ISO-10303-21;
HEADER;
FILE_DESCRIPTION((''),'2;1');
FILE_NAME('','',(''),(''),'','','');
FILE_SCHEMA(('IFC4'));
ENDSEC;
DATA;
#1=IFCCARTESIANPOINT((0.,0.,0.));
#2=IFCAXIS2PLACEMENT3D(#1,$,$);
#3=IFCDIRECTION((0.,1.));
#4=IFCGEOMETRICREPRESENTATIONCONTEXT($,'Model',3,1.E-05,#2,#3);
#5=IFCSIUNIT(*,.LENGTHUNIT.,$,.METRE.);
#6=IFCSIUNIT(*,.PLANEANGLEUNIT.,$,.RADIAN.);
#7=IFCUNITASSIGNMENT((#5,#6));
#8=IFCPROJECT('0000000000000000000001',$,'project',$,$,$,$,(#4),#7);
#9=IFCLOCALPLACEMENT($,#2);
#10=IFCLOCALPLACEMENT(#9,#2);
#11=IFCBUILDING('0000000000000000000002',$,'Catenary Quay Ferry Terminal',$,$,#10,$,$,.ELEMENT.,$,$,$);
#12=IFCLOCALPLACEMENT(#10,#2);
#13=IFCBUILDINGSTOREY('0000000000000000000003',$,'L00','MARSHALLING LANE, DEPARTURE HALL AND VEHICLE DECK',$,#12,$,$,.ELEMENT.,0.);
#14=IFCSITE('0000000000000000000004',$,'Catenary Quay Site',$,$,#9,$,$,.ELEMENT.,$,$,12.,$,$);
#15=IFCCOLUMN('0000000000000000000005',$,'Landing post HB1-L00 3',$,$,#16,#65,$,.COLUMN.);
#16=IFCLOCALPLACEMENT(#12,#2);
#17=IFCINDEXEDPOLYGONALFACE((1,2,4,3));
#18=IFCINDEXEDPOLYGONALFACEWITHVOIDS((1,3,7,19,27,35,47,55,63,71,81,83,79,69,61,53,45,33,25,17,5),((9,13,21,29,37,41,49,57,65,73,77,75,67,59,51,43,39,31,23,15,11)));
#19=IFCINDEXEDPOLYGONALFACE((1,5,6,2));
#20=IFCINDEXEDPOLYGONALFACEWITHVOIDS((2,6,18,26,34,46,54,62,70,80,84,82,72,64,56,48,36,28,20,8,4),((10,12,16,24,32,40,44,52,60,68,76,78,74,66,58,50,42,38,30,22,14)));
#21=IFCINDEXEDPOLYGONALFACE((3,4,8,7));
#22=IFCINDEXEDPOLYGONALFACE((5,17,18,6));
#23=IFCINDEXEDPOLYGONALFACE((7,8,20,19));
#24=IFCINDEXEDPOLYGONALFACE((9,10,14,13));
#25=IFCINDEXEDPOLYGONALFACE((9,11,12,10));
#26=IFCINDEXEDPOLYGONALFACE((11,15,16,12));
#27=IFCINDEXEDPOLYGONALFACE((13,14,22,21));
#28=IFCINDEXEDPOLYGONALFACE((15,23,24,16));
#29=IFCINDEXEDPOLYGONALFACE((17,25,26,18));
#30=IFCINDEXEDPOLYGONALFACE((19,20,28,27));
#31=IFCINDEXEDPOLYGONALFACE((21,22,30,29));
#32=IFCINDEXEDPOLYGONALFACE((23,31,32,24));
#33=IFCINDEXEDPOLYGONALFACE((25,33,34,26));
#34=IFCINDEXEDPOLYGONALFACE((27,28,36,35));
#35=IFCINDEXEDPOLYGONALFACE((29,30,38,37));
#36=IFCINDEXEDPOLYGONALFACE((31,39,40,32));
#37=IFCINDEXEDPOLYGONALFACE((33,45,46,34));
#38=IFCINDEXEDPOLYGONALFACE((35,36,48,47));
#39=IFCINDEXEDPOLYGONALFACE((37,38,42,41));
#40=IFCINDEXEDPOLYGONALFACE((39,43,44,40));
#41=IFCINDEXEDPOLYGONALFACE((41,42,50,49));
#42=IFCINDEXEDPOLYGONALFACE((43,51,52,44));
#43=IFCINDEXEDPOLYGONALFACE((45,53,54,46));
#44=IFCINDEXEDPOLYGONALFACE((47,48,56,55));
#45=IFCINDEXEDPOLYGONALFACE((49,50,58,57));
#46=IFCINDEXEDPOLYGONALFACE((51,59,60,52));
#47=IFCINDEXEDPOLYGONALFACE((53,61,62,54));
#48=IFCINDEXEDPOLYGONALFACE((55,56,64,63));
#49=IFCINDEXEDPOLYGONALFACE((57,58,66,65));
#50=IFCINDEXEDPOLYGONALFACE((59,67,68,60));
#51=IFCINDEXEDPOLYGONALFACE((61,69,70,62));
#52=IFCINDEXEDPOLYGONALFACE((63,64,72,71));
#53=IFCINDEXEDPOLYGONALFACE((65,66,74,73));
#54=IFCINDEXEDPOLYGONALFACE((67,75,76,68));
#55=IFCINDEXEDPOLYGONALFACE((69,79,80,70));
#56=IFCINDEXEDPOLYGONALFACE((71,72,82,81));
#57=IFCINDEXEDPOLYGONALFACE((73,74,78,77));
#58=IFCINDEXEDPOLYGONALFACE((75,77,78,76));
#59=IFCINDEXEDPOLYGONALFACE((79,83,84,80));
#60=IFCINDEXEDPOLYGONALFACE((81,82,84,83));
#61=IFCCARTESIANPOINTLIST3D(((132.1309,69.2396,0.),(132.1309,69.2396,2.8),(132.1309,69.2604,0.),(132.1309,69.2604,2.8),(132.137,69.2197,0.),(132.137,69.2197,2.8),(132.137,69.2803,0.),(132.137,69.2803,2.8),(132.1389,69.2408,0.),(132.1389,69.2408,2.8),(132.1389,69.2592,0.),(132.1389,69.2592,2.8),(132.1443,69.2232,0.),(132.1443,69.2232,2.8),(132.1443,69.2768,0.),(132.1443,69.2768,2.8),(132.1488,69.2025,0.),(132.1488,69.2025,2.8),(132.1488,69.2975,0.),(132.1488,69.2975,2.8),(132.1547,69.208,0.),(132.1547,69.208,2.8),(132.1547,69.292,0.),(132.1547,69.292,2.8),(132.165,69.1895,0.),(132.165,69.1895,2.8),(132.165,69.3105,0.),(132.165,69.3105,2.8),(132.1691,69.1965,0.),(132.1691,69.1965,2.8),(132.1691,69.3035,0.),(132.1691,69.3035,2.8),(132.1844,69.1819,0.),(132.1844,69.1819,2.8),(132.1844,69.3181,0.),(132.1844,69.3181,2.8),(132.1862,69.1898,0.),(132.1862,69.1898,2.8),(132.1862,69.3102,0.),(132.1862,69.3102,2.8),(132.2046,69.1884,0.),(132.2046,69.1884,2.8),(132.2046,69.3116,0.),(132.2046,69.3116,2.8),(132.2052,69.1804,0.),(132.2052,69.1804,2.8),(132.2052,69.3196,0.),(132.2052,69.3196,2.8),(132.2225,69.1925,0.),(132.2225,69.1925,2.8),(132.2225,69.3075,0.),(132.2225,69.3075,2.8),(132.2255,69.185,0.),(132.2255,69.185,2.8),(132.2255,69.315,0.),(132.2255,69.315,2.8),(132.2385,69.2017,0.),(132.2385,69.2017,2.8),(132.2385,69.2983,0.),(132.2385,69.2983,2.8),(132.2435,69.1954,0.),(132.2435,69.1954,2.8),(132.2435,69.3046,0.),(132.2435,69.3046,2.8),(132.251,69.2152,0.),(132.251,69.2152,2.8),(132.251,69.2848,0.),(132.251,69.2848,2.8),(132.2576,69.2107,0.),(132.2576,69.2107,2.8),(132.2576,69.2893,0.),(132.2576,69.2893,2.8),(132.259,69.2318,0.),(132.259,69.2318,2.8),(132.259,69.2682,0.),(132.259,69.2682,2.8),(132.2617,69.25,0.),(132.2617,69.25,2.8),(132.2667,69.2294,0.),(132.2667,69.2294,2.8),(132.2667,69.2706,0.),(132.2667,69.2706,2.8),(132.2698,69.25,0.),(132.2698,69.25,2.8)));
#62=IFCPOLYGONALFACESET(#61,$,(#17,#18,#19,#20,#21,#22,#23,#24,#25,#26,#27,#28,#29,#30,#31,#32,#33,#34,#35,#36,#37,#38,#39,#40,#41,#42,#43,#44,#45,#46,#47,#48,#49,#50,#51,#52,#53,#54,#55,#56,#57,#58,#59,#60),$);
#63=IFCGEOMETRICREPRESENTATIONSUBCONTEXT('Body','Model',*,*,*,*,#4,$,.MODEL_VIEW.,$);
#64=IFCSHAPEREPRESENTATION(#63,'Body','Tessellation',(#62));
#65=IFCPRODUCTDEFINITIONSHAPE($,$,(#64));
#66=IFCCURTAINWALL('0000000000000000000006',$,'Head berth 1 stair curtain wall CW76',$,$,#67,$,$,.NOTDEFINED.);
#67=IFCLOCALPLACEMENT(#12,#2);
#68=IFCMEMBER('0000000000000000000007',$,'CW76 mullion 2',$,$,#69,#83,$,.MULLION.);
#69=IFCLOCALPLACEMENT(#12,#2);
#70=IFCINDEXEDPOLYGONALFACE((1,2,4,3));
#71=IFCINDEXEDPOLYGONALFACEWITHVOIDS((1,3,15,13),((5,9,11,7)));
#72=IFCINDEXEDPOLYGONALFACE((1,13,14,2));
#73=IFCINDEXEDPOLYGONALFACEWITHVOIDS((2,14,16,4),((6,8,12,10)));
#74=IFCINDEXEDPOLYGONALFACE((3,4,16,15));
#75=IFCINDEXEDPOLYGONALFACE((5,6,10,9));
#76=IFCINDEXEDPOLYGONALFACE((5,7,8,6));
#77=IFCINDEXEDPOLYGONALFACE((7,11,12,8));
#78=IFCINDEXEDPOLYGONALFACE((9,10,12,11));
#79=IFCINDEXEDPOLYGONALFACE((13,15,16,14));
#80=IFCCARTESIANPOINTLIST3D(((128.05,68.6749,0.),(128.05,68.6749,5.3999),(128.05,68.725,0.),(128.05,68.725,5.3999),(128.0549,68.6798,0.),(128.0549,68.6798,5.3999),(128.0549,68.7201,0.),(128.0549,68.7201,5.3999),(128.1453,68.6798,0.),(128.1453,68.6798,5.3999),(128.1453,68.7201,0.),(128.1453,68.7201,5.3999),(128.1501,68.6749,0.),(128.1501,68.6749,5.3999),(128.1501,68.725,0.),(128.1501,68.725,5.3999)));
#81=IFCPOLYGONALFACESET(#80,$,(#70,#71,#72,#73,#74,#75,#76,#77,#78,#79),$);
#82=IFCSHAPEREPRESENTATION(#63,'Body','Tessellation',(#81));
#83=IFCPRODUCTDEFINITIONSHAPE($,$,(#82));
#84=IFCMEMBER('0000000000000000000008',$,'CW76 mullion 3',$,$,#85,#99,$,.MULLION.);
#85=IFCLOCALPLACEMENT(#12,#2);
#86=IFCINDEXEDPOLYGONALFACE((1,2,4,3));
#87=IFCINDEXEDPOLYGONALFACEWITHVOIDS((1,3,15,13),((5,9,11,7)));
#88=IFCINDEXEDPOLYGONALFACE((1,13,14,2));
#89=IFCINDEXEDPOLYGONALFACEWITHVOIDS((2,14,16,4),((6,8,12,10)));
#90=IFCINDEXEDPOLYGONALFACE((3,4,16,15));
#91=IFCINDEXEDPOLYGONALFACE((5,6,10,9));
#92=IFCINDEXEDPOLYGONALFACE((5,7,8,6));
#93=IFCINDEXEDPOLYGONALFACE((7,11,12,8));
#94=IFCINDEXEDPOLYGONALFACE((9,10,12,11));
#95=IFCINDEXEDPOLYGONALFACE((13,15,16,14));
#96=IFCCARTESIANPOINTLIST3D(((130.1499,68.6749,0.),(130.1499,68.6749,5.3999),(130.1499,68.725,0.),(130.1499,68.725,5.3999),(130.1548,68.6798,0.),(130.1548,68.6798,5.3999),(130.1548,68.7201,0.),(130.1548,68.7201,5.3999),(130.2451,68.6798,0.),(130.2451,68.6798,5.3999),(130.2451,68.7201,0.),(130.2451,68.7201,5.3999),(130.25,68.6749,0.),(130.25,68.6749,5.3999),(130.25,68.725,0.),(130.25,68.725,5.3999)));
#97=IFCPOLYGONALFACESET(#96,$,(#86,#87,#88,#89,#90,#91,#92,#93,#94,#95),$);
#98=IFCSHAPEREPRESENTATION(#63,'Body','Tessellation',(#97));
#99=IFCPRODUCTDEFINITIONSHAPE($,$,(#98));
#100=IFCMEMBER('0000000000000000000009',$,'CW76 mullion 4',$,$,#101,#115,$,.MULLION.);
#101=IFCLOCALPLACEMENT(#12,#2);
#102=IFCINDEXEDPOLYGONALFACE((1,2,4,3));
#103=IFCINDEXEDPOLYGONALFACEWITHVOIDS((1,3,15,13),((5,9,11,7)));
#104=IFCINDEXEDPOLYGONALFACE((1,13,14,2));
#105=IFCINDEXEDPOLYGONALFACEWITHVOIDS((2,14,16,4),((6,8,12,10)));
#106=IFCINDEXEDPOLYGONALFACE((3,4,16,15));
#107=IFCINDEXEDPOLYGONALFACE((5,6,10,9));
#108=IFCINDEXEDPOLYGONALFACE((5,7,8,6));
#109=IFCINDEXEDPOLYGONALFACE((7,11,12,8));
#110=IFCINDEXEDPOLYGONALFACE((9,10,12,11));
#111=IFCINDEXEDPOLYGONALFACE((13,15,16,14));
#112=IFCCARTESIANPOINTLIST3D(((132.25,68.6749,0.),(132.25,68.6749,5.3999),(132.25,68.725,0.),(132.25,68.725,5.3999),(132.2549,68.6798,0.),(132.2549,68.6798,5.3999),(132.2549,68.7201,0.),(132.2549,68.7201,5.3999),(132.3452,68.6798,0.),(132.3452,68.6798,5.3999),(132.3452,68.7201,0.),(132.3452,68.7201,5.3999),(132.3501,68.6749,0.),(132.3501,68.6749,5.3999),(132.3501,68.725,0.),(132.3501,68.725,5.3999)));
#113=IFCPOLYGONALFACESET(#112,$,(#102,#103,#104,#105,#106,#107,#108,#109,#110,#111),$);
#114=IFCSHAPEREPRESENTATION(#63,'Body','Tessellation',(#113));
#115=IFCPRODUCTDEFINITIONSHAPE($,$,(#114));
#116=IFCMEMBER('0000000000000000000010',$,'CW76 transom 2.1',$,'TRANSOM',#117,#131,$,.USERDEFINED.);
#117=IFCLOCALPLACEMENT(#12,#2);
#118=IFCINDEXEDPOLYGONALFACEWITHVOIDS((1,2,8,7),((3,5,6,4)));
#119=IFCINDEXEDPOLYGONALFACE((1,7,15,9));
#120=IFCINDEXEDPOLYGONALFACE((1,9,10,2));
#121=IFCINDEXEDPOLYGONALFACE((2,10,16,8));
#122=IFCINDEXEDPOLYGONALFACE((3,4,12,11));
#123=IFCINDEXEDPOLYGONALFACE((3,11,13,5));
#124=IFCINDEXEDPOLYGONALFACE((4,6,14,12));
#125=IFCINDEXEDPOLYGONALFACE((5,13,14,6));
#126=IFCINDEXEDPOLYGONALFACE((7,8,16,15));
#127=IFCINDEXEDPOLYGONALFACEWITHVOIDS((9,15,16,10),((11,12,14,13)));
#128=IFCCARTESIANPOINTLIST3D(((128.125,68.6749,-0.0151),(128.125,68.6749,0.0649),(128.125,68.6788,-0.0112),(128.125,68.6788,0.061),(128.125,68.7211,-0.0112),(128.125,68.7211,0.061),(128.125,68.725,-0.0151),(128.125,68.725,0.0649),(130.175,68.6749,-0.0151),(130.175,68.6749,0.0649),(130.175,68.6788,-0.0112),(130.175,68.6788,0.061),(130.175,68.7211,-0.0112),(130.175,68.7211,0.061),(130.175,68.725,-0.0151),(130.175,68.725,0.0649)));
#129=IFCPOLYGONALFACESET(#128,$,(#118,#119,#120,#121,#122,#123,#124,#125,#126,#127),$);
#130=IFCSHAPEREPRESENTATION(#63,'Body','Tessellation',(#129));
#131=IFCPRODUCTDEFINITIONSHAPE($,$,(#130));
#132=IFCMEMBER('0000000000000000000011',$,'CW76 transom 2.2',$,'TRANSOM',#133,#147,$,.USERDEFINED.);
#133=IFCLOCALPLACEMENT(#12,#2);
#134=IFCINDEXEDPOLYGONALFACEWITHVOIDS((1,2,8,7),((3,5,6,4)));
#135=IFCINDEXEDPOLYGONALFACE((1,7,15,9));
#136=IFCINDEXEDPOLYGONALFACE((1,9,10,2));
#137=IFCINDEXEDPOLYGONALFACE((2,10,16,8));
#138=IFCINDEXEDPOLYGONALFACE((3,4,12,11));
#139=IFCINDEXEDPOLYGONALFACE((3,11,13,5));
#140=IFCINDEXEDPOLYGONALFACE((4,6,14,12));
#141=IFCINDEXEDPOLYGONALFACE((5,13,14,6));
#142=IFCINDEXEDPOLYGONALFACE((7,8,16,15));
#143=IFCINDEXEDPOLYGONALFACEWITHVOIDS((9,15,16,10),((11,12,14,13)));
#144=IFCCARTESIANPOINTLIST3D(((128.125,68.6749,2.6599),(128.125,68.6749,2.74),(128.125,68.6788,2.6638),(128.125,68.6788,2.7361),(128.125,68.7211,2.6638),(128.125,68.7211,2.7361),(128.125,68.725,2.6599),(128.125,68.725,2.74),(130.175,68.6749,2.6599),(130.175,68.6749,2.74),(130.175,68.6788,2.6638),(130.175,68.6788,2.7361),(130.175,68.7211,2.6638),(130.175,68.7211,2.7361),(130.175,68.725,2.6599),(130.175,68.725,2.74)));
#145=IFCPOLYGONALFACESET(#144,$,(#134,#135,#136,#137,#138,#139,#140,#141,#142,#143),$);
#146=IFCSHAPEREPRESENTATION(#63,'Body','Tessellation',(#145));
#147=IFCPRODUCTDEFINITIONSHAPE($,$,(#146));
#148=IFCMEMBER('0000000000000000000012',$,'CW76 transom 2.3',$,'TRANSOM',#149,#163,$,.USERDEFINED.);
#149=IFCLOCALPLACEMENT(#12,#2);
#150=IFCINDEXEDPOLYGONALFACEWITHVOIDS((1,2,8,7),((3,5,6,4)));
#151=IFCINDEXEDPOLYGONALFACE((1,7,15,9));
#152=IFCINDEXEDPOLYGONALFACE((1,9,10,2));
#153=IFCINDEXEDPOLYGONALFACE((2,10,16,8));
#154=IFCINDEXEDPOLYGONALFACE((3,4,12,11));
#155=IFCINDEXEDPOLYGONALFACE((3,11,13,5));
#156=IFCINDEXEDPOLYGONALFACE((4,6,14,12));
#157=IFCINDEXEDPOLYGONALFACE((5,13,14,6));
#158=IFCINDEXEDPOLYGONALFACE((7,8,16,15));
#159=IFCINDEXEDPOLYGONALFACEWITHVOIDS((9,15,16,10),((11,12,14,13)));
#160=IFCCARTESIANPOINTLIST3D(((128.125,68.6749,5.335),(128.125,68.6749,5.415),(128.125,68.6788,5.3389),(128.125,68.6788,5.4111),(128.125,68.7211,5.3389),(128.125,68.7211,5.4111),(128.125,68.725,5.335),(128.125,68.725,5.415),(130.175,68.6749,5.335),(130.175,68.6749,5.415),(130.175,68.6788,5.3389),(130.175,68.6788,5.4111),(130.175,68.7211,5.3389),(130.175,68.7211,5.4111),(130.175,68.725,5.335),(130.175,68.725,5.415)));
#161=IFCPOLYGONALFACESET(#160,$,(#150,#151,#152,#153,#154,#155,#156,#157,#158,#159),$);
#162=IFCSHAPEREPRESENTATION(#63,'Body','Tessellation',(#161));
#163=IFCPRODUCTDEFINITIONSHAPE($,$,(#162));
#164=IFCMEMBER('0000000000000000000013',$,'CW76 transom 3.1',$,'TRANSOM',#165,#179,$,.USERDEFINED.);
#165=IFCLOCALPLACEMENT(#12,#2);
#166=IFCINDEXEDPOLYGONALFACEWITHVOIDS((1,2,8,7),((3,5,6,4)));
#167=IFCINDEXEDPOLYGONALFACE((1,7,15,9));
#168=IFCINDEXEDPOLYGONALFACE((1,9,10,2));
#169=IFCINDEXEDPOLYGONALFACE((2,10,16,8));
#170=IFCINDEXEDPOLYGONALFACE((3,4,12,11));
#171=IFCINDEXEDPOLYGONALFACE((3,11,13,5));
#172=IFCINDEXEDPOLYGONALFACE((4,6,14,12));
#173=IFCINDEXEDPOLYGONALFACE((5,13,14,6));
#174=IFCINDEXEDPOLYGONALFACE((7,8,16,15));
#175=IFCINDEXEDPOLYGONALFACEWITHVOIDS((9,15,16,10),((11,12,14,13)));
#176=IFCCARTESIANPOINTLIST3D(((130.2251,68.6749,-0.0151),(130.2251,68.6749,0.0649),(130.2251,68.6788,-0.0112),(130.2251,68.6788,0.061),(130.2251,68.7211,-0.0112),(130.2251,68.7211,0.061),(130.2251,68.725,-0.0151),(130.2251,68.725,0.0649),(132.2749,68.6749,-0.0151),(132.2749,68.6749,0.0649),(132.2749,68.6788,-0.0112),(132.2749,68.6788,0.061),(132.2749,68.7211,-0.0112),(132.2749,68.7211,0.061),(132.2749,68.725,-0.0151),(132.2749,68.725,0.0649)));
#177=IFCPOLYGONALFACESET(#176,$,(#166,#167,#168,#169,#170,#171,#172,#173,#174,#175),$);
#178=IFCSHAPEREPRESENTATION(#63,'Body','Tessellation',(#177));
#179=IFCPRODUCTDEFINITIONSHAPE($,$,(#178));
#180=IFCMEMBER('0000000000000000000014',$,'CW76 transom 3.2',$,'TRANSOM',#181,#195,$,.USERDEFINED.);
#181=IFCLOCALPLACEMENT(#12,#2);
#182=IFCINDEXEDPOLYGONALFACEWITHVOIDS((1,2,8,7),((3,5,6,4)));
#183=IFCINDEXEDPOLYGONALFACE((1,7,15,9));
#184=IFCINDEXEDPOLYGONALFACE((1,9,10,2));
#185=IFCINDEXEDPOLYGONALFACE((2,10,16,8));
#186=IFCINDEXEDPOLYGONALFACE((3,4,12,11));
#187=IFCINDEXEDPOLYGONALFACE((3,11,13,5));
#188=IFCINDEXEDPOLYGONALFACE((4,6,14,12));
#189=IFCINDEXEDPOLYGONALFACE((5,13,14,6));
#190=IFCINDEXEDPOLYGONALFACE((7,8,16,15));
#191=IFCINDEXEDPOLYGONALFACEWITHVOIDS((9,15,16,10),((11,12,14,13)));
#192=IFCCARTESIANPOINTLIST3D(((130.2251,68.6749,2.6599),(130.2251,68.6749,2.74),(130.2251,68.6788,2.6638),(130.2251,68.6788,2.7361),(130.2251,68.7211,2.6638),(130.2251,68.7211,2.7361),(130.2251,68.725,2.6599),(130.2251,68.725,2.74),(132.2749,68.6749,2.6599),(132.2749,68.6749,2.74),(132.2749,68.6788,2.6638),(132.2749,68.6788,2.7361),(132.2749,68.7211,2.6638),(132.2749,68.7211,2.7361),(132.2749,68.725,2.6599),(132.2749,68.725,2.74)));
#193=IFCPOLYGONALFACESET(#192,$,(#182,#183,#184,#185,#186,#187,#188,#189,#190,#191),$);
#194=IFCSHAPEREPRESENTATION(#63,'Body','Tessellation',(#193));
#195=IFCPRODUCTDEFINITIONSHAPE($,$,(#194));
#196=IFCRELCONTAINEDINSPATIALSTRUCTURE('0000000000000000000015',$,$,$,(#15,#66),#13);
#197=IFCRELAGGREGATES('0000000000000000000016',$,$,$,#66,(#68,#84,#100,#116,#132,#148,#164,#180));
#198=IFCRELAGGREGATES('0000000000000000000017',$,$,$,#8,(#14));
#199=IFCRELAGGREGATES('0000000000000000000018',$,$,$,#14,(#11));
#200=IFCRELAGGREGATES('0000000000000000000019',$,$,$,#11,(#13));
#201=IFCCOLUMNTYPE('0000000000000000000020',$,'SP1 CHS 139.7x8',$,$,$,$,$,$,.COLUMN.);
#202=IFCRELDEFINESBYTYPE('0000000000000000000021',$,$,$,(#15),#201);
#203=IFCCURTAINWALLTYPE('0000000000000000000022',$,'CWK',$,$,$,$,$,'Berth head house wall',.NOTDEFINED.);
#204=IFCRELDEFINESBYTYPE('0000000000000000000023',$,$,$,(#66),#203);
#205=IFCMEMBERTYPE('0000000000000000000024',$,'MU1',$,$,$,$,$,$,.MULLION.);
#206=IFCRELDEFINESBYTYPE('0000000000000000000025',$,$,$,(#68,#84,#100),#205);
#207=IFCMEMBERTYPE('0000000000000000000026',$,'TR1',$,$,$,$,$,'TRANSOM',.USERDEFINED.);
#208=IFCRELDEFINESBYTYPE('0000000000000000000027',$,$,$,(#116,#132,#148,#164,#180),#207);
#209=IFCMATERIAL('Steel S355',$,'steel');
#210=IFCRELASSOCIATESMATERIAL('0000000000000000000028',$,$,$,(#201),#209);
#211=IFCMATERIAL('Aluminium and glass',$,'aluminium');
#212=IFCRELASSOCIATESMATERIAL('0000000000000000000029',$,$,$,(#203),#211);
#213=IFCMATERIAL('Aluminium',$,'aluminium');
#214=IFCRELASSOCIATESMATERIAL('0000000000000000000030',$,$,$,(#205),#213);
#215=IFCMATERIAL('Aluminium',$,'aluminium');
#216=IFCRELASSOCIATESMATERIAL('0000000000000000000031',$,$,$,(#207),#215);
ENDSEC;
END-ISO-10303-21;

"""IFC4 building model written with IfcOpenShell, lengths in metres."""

from ifc_helpers import new_model, si_unit, direction, frame, origin, origin_2d, place, context, subcontext, project, spatial, hollow_rectangle, hollow_circle, extrude, material, material_profile, profile_set, type_object, element, aggregate, save


model = new_model("IFC4")

# Units and contexts
model_context = context("Model", 3, precision=1e-05, world=origin(), true_north=direction((0.0, 1.0)))
body_context = subcontext(model_context, "Body", "Model", "MODEL_VIEW")
ifc_project = project(units=[si_unit("LENGTHUNIT", "METRE"), si_unit("PLANEANGLEUNIT", "RADIAN")], contexts=[model_context])

# Site, building, storey
site_placement = place(None, origin())
site = spatial("IfcSite", under=ifc_project, at=site_placement, Name="Catenary Quay Site", CompositionType="ELEMENT", RefElevation=12.0)
building_placement = place(site_placement, origin())
building = spatial("IfcBuilding", under=site, at=building_placement, Name="Catenary Quay Ferry Terminal", CompositionType="ELEMENT")
storey_placement = place(building_placement, origin())
storey = spatial("IfcBuildingStorey", under=building, at=storey_placement, Name="L00", Description="MARSHALLING LANE, DEPARTURE HALL AND VEHICLE DECK", CompositionType="ELEMENT", Elevation=0.0)

# Column
ifc_material_1 = material(Name="Steel S355", Category="steel")
ifc_material_profile_1 = material_profile(ifc_material_1, hollow_circle(Radius=0.0698, WallThickness=0.0081, at=origin_2d()), Name="CHS 139.7x8")
ifc_profile_set_1 = profile_set([ifc_material_profile_1], Name="Steel S355")
column_type = type_object("IfcColumnType", Name="SP1 CHS 139.7x8", PredefinedType="COLUMN", material=ifc_profile_set_1)
column_placement = place(storey_placement, frame((132.2, 69.25, 0.0), z_axis=(0.0, 0.0, 1.0), x_axis=(1.0, 0.0, 0.0)))
element("IfcColumn", 1, at=column_placement, inside=storey, type_object=column_type, Name="Landing post HB1-L00 3", PredefinedType="COLUMN", context=body_context, shape_type="SweptSolid", body=[
    extrude(hollow_circle(Radius=0.0698, WallThickness=0.0081, at=origin_2d()), origin(), (0.0, 0.0, 1.0), 2.8),
])

# Curtain wall, members
ifc_material_2 = material(Name="Aluminium and glass", Category="aluminium")
curtain_wall_type = type_object("IfcCurtainWallType", Name="CWK", ElementType="Berth head house wall", PredefinedType="NOTDEFINED", material=ifc_material_2)
curtain_wall_placement = place(storey_placement, origin())
curtain_wall = element("IfcCurtainWall", 2, at=curtain_wall_placement, inside=storey, type_object=curtain_wall_type, Name="Head berth 1 stair curtain wall CW76", PredefinedType="NOTDEFINED")
ifc_material_3 = material(Name="Aluminium", Category="aluminium")
ifc_material_profile_2 = material_profile(ifc_material_3, hollow_rectangle(XDim=0.05, YDim=0.1001, WallThickness=0.0049, at=origin_2d()), Name="MU1")
ifc_profile_set_2 = profile_set([ifc_material_profile_2], Name="Aluminium")
member_type_1 = type_object("IfcMemberType", Name="MU1", PredefinedType="MULLION", material=ifc_profile_set_2)
member_1_placement = place(storey_placement, frame((128.1001, 68.7, 0.0), z_axis=(0.0, 0.0, 1.0), x_axis=(0.0, 1.0, 0.0)))
member_1 = element("IfcMember", 3, at=member_1_placement, type_object=member_type_1, Name="CW76 mullion 2", PredefinedType="MULLION", context=body_context, shape_type="SweptSolid", body=[
    extrude(hollow_rectangle(XDim=0.05, YDim=0.1001, WallThickness=0.0049, at=origin_2d()), origin(), (0.0, 0.0, 1.0), 5.3999),
])
member_2_placement = place(storey_placement, frame((130.2, 68.7, 0.0), z_axis=(0.0, 0.0, 1.0), x_axis=(0.0, 1.0, 0.0)))
member_2 = element("IfcMember", 4, at=member_2_placement, type_object=member_type_1, Name="CW76 mullion 3", PredefinedType="MULLION", context=body_context, shape_type="SweptSolid", body=[
    extrude(hollow_rectangle(XDim=0.05, YDim=0.1001, WallThickness=0.0049, at=origin_2d()), origin(), (0.0, 0.0, 1.0), 5.3999),
])
member_3_placement = place(storey_placement, frame((132.3, 68.7, 0.0), z_axis=(0.0, 0.0, 1.0), x_axis=(0.0, 1.0, 0.0)))
member_3 = element("IfcMember", 5, at=member_3_placement, type_object=member_type_1, Name="CW76 mullion 4", PredefinedType="MULLION", context=body_context, shape_type="SweptSolid", body=[
    extrude(hollow_rectangle(XDim=0.05, YDim=0.1001, WallThickness=0.0049, at=origin_2d()), origin(), (0.0, 0.0, 1.0), 5.3999),
])
ifc_material_4 = material(Name="Aluminium", Category="aluminium")
ifc_material_profile_3 = material_profile(ifc_material_4, hollow_rectangle(XDim=0.05, YDim=0.0801, WallThickness=0.0039, at=origin_2d()), Name="TR1")
ifc_profile_set_3 = profile_set([ifc_material_profile_3], Name="Aluminium")
member_type_2 = type_object("IfcMemberType", Name="TR1", ElementType="TRANSOM", PredefinedType="USERDEFINED", material=ifc_profile_set_3)
member_4_placement = place(storey_placement, frame((128.125, 68.7, 0.0249), z_axis=(1.0, 0.0, 0.0), x_axis=(0.0, 1.0, 0.0)))
member_4 = element("IfcMember", 6, at=member_4_placement, type_object=member_type_2, Name="CW76 transom 2.1", ObjectType="TRANSOM", PredefinedType="USERDEFINED", context=body_context, shape_type="SweptSolid", body=[
    extrude(hollow_rectangle(XDim=0.05, YDim=0.0801, WallThickness=0.0039, at=origin_2d()), origin(), (0.0, 0.0, 1.0), 2.05),
])
member_5_placement = place(storey_placement, frame((128.125, 68.7, 2.7), z_axis=(1.0, 0.0, 0.0), x_axis=(0.0, 1.0, 0.0)))
member_5 = element("IfcMember", 7, at=member_5_placement, type_object=member_type_2, Name="CW76 transom 2.2", ObjectType="TRANSOM", PredefinedType="USERDEFINED", context=body_context, shape_type="SweptSolid", body=[
    extrude(hollow_rectangle(XDim=0.05, YDim=0.0801, WallThickness=0.0039, at=origin_2d()), origin(), (0.0, 0.0, 1.0), 2.05),
])
member_6_placement = place(storey_placement, frame((128.125, 68.7, 5.375), z_axis=(1.0, 0.0, 0.0), x_axis=(0.0, 1.0, 0.0)))
member_6 = element("IfcMember", 8, at=member_6_placement, type_object=member_type_2, Name="CW76 transom 2.3", ObjectType="TRANSOM", PredefinedType="USERDEFINED", context=body_context, shape_type="SweptSolid", body=[
    extrude(hollow_rectangle(XDim=0.05, YDim=0.0801, WallThickness=0.0039, at=origin_2d()), origin(), (0.0, 0.0, 1.0), 2.05),
])
member_7_placement = place(storey_placement, frame((130.2251, 68.7, 0.0249), z_axis=(1.0, 0.0, 0.0), x_axis=(0.0, 1.0, 0.0)))
member_7 = element("IfcMember", 9, at=member_7_placement, type_object=member_type_2, Name="CW76 transom 3.1", ObjectType="TRANSOM", PredefinedType="USERDEFINED", context=body_context, shape_type="SweptSolid", body=[
    extrude(hollow_rectangle(XDim=0.05, YDim=0.0801, WallThickness=0.0039, at=origin_2d()), origin(), (0.0, 0.0, 1.0), 2.0498),
])
member_8_placement = place(storey_placement, frame((130.2251, 68.7, 2.7), z_axis=(1.0, 0.0, 0.0), x_axis=(0.0, 1.0, 0.0)))
member_8 = element("IfcMember", 10, at=member_8_placement, type_object=member_type_2, Name="CW76 transom 3.2", ObjectType="TRANSOM", PredefinedType="USERDEFINED", context=body_context, shape_type="SweptSolid", body=[
    extrude(hollow_rectangle(XDim=0.05, YDim=0.0801, WallThickness=0.0039, at=origin_2d()), origin(), (0.0, 0.0, 1.0), 2.0498),
])
aggregate(curtain_wall, [member_1, member_2, member_3, member_4, member_5, member_6, member_7, member_8])

save(model, "model.ifc")
